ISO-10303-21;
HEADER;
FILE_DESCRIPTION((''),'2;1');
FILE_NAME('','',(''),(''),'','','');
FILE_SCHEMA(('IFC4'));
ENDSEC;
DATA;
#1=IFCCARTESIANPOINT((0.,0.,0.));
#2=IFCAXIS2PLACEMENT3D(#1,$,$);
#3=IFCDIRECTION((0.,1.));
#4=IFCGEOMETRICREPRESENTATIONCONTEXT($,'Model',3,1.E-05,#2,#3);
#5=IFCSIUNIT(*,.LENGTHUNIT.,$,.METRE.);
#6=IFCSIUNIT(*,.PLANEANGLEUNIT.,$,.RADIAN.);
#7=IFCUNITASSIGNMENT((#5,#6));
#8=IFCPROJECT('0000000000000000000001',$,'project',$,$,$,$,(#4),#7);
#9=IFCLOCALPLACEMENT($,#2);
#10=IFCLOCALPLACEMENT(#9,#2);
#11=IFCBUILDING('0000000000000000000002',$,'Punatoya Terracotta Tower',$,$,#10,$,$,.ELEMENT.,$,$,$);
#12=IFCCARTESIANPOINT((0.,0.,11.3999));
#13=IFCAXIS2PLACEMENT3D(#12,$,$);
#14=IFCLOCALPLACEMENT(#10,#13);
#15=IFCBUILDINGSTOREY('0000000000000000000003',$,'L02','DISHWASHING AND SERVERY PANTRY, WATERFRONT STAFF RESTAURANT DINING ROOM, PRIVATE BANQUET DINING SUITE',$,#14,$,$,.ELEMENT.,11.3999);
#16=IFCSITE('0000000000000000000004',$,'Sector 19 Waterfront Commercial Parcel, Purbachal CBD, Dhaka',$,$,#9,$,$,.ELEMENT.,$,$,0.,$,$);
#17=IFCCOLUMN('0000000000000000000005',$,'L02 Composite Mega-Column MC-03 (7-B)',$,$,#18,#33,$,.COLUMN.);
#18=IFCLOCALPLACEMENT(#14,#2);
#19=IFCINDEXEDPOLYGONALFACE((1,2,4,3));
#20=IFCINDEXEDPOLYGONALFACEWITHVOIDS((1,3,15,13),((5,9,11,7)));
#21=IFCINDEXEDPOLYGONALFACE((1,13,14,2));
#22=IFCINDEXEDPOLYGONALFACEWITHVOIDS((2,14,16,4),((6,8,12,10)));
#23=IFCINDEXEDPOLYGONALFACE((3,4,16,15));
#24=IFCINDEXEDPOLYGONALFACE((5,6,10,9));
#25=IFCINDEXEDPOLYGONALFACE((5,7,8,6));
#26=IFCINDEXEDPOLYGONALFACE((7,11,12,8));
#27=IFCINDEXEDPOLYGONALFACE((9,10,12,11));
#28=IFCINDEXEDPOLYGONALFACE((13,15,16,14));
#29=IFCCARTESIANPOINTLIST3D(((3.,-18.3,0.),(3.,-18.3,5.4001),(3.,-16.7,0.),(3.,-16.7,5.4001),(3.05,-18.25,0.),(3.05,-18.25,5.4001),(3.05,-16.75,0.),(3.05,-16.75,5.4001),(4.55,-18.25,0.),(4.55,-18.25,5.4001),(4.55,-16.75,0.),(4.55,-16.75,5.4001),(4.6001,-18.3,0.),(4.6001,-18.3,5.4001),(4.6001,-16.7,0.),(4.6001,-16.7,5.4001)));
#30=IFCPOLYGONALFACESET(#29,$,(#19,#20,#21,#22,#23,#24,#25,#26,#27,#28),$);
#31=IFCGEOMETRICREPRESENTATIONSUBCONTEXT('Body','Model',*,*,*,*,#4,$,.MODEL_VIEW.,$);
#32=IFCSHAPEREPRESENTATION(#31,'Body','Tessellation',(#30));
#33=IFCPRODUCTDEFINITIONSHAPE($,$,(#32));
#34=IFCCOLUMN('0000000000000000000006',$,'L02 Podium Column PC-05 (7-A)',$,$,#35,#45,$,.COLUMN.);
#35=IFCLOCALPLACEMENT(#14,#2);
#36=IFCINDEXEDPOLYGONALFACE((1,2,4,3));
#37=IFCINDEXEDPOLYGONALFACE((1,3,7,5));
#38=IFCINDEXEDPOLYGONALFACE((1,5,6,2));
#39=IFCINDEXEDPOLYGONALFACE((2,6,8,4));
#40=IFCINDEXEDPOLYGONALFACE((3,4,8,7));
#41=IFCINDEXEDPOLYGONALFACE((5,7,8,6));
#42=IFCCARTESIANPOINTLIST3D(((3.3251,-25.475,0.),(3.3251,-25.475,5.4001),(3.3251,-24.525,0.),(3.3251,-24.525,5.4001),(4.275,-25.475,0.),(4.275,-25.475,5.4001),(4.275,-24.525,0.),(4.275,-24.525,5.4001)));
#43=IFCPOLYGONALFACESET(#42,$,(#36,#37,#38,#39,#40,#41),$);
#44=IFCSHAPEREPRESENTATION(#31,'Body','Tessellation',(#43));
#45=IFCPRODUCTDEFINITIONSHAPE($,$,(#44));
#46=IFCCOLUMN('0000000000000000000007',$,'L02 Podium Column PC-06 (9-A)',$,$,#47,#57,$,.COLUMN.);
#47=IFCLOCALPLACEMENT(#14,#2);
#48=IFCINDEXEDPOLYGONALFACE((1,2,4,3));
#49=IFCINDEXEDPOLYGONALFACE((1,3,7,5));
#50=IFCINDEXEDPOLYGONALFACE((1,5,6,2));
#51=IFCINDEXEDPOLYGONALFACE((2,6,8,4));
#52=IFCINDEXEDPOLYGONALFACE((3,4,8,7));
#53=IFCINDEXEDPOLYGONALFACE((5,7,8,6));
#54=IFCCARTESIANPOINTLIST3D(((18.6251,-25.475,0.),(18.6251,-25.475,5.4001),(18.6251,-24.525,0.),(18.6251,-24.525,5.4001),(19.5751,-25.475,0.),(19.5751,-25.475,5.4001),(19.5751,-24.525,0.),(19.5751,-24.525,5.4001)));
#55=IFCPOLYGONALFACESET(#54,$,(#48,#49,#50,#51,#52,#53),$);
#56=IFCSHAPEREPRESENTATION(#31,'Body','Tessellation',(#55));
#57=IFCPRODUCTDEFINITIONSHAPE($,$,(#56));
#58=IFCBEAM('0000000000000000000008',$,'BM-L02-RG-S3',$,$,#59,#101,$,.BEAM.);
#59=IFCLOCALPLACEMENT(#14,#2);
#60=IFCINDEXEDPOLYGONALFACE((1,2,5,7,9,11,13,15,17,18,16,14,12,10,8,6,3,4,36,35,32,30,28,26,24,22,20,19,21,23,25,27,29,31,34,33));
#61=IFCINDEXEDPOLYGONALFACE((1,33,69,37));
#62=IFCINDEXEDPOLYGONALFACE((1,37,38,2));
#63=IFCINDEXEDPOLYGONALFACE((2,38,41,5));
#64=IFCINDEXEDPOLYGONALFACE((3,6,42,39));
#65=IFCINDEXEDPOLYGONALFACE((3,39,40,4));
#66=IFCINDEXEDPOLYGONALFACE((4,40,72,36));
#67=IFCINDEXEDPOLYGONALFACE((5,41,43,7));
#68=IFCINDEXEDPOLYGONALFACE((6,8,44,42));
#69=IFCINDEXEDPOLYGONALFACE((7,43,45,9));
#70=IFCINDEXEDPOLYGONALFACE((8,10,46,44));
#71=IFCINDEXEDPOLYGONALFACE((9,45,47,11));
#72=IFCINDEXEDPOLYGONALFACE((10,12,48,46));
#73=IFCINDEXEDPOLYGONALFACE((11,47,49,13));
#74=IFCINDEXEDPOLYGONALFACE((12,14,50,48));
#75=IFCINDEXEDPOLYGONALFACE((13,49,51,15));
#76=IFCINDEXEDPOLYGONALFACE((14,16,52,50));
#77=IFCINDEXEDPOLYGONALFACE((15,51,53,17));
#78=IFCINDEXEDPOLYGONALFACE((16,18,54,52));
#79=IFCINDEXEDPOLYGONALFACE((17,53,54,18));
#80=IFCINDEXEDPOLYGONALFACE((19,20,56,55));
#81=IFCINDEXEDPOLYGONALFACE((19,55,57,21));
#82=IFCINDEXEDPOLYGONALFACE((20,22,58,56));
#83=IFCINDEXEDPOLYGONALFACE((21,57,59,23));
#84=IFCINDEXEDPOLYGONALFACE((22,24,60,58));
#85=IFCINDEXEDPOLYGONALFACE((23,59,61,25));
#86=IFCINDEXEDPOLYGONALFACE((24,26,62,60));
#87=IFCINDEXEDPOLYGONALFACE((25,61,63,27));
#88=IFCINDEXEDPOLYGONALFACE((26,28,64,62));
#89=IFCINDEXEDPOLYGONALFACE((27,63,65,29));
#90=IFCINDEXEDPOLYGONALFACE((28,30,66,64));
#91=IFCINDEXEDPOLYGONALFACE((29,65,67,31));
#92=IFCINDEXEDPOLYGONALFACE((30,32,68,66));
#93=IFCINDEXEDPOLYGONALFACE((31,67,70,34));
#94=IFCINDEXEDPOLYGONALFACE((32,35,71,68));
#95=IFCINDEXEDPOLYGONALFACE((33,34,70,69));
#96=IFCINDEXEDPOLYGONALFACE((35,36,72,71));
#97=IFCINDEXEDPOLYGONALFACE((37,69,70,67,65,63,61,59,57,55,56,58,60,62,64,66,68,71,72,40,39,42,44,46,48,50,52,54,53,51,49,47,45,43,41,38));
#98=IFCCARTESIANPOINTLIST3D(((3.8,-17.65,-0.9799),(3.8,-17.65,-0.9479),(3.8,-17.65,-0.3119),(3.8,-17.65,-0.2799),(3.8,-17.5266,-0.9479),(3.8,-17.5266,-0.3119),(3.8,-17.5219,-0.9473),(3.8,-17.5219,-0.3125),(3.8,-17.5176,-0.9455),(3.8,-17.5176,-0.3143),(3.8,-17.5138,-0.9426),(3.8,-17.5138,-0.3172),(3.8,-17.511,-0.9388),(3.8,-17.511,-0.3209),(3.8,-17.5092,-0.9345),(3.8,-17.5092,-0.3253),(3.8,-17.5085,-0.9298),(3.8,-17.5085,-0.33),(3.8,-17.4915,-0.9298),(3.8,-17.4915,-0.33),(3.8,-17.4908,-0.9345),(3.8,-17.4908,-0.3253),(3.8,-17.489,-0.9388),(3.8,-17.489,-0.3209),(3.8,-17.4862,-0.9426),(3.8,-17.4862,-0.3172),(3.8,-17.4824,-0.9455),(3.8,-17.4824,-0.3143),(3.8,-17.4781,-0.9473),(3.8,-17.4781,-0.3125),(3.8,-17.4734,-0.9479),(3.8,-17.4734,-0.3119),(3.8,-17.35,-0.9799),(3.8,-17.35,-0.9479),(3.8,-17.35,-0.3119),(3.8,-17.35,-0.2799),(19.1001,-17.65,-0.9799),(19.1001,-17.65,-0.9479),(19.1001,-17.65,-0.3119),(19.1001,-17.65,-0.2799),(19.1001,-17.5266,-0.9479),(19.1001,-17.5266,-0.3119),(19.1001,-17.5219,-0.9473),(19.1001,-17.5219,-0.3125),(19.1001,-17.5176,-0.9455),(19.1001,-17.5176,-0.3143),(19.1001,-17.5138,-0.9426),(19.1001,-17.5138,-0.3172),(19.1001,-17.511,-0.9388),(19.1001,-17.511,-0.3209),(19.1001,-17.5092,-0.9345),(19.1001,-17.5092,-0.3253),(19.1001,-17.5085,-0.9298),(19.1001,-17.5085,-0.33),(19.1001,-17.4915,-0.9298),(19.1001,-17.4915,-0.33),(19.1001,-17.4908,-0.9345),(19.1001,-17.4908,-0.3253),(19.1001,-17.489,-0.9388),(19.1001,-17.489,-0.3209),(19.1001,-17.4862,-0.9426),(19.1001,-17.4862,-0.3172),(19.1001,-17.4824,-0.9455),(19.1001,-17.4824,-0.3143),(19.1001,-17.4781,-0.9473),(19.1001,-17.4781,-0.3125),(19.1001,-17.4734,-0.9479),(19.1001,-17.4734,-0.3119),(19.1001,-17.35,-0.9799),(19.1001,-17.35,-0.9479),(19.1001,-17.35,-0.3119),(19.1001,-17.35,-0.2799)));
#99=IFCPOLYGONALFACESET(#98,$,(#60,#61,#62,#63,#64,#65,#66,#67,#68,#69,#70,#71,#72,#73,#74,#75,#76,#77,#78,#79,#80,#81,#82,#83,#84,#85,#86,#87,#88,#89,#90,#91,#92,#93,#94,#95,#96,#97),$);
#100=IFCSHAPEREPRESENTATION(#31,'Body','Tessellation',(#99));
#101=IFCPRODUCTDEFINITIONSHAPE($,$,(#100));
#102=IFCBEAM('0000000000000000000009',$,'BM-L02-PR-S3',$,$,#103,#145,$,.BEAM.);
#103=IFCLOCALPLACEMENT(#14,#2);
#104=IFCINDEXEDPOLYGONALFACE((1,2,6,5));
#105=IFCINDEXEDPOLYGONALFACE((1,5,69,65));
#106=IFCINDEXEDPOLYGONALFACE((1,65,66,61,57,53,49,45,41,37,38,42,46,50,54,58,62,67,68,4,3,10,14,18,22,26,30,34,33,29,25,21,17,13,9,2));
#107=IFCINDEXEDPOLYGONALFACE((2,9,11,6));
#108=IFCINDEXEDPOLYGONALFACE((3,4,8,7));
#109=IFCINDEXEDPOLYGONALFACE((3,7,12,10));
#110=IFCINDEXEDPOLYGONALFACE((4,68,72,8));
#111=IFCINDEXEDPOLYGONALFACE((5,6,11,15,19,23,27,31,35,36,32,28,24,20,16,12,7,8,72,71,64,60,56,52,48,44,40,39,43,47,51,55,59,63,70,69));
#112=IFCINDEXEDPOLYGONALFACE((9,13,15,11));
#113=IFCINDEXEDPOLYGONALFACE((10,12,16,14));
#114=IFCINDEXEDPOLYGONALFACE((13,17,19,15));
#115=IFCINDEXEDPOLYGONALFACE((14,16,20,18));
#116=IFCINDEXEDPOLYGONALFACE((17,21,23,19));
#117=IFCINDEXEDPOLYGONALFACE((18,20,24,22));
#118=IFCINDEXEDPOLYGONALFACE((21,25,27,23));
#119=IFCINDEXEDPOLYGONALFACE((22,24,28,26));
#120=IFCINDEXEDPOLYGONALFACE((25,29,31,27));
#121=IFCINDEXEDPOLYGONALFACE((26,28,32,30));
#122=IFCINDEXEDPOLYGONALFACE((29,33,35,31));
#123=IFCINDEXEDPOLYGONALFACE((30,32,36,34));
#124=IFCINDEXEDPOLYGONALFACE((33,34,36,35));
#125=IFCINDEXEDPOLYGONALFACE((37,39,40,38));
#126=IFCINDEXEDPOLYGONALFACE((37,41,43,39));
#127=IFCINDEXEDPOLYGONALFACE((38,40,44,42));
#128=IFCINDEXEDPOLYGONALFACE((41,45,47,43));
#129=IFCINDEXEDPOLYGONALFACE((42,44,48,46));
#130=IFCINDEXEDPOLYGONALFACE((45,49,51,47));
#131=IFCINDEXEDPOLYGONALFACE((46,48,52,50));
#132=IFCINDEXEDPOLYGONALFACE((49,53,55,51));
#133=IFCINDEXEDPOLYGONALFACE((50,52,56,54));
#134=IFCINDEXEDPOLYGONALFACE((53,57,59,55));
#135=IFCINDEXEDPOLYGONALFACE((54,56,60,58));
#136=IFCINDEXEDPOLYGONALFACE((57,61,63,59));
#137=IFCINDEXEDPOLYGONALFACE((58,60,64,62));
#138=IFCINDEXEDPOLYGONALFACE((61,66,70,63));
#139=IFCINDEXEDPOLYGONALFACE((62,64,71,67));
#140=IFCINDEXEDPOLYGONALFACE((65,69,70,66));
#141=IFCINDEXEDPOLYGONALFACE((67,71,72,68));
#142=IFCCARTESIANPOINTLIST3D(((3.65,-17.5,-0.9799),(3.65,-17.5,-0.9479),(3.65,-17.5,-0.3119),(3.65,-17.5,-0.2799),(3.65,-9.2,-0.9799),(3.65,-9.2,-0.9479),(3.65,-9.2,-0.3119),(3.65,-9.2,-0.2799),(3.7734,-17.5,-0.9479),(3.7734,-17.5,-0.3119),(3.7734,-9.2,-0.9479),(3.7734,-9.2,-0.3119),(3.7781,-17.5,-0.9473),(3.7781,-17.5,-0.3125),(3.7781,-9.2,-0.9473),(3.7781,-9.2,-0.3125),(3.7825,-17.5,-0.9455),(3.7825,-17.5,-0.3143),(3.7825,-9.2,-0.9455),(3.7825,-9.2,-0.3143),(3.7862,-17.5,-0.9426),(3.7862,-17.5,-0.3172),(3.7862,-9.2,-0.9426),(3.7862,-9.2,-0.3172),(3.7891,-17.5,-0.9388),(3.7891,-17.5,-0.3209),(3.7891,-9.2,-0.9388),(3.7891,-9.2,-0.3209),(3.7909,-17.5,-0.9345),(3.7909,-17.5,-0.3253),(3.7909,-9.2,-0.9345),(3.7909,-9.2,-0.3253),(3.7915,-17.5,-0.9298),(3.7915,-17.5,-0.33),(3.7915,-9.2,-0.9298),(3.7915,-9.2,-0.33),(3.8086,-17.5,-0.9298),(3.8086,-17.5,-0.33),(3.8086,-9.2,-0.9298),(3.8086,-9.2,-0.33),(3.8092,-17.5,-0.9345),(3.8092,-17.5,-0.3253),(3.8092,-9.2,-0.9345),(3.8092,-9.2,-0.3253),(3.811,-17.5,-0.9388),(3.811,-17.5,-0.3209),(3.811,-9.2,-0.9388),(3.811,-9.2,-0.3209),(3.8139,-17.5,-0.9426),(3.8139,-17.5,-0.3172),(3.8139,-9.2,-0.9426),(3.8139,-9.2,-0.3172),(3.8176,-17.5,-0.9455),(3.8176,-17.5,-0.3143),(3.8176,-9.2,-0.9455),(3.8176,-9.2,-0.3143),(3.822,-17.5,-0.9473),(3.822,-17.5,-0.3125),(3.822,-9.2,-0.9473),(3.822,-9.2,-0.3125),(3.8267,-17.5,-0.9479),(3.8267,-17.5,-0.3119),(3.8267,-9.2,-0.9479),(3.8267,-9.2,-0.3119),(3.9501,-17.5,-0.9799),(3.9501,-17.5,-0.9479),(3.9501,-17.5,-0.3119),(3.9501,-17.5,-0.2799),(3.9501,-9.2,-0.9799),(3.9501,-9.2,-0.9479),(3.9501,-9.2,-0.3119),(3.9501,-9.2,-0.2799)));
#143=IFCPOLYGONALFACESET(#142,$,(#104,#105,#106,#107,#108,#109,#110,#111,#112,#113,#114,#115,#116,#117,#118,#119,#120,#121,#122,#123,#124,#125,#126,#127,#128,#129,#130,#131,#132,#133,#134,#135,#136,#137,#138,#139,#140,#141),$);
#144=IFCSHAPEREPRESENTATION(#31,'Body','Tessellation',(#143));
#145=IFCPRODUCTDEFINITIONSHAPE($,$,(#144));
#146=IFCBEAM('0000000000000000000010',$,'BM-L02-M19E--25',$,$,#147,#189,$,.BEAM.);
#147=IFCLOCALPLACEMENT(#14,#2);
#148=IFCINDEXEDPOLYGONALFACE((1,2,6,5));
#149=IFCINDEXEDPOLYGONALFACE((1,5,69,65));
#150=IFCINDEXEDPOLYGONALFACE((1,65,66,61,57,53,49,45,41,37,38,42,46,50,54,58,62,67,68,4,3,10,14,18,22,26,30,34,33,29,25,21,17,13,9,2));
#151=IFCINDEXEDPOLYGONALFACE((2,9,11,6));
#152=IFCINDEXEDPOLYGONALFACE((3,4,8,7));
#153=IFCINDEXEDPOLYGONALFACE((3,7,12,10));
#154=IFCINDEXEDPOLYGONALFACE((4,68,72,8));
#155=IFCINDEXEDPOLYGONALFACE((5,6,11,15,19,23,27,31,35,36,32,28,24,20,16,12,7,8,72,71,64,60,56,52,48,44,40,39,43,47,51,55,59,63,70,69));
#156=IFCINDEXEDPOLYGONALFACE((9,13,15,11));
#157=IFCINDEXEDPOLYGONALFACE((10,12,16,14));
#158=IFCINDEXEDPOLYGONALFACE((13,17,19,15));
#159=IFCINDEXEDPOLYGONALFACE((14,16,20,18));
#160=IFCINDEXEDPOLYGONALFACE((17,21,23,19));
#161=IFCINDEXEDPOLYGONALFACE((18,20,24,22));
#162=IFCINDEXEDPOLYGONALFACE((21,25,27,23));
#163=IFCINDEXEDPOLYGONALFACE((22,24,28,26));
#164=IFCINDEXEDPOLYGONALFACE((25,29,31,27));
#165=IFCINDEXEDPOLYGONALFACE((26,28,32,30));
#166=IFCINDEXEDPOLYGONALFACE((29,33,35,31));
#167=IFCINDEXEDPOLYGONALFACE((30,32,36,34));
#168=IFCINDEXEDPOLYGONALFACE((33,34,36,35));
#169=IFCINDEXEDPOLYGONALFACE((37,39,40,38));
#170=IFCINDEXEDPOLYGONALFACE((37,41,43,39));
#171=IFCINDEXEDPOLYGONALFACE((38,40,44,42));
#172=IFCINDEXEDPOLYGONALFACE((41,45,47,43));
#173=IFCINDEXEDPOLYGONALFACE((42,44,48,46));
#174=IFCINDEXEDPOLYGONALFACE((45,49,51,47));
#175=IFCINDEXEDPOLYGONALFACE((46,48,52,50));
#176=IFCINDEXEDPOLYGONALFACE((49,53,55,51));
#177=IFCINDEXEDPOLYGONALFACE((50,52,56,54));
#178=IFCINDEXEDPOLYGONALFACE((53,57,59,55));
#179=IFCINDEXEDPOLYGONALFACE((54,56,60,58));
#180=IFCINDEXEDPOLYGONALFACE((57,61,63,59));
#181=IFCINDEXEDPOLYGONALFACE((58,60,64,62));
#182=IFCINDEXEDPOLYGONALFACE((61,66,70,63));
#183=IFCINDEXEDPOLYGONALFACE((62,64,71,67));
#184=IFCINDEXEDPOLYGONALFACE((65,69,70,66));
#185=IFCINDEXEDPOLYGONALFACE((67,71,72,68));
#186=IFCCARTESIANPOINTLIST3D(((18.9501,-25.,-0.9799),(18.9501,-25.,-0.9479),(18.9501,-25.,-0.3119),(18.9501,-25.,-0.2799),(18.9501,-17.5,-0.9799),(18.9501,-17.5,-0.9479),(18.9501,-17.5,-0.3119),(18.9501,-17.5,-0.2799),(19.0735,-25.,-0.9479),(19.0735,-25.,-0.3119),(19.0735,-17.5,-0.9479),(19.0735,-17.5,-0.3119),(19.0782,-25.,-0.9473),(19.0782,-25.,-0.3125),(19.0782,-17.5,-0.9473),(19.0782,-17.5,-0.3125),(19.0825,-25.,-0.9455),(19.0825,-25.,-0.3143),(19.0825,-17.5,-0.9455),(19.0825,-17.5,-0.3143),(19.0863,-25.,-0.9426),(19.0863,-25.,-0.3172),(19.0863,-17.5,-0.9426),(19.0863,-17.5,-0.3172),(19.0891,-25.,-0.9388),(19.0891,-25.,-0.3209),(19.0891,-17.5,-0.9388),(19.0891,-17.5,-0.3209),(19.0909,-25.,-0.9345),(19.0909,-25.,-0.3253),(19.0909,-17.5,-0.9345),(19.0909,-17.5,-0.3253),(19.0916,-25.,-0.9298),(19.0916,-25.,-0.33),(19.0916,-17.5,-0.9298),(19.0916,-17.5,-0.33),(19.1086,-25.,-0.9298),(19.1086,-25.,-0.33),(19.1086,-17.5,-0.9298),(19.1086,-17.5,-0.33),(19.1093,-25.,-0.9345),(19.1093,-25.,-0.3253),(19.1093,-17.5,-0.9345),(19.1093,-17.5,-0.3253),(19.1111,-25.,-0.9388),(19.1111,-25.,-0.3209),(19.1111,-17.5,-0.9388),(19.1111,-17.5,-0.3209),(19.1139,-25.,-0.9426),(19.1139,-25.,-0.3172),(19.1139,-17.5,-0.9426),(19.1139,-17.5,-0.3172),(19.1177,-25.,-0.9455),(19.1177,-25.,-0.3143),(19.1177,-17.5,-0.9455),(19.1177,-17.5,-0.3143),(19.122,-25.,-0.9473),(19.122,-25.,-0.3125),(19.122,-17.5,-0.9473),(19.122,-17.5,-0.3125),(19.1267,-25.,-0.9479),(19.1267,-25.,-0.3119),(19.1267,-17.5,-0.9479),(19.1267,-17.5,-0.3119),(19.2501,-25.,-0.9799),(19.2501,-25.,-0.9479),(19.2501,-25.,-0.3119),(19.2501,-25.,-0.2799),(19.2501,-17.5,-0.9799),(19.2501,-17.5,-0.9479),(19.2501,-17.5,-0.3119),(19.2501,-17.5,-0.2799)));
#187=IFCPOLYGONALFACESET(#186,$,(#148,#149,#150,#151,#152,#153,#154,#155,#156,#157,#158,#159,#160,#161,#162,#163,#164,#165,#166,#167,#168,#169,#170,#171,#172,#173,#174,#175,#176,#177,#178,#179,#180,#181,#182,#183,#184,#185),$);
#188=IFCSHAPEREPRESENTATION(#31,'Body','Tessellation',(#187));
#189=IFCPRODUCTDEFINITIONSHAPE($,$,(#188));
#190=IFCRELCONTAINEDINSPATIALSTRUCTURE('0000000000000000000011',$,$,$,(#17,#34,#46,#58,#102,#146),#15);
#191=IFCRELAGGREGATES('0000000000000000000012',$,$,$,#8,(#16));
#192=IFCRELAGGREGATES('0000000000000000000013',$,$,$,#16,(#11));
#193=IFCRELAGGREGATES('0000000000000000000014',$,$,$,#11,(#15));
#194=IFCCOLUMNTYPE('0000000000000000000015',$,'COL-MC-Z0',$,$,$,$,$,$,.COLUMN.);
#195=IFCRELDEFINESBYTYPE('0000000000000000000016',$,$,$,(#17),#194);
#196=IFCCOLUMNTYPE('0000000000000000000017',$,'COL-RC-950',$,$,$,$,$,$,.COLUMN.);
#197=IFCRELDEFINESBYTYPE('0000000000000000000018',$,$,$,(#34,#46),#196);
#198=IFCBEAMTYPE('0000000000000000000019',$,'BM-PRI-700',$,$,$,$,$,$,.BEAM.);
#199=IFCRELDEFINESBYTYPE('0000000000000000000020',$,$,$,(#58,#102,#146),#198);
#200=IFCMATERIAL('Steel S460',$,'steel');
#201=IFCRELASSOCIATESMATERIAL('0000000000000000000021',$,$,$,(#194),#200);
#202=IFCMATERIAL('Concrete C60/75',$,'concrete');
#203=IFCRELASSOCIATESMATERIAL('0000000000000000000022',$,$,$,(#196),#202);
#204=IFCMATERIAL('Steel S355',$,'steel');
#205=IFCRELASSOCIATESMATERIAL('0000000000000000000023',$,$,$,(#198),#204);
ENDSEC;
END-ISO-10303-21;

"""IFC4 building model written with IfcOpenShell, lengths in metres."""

from ifc_helpers import new_model, si_unit, direction, frame, origin, origin_2d, place, context, subcontext, project, spatial, rectangle, hollow_rectangle, i_section, extrude, material, material_profile, profile_set, type_object, element, save


model = new_model("IFC4")

# Units and contexts
model_context = context("Model", 3, precision=1e-05, world=origin(), true_north=direction((0.0, 1.0)))
body_context = subcontext(model_context, "Body", "Model", "MODEL_VIEW")
ifc_project = project(units=[si_unit("LENGTHUNIT", "METRE"), si_unit("PLANEANGLEUNIT", "RADIAN")], contexts=[model_context])

# Site, building, storey
site_placement = place(None, origin())
site = spatial("IfcSite", under=ifc_project, at=site_placement, Name="Sector 19 Waterfront Commercial Parcel, Purbachal CBD, Dhaka", CompositionType="ELEMENT", RefElevation=0.0)
building_placement = place(site_placement, origin())
building = spatial("IfcBuilding", under=site, at=building_placement, Name="Punatoya Terracotta Tower", CompositionType="ELEMENT")
storey_placement = place(building_placement, frame((0.0, 0.0, 11.3999)))
storey = spatial("IfcBuildingStorey", under=building, at=storey_placement, Name="L02", Description="DISHWASHING AND SERVERY PANTRY, WATERFRONT STAFF RESTAURANT DINING ROOM, PRIVATE BANQUET DINING SUITE", CompositionType="ELEMENT", Elevation=11.3999)

# Columns
ifc_material_1 = material(Name="Steel S460", Category="steel")
ifc_material_profile_1 = material_profile(ifc_material_1, hollow_rectangle(XDim=1.6001, YDim=1.6001, WallThickness=0.05, at=origin_2d()))
ifc_profile_set_1 = profile_set([ifc_material_profile_1], Name="Steel S460")
column_type_1 = type_object("IfcColumnType", Name="COL-MC-Z0", PredefinedType="COLUMN", material=ifc_profile_set_1)
column_placement = place(storey_placement, frame((3.8, -17.5, 0.0), z_axis=(0.0, 0.0, 1.0), x_axis=(1.0, 0.0, 0.0)))
element("IfcColumn", 1, at=column_placement, inside=storey, type_object=column_type_1, Name="L02 Composite Mega-Column MC-03 (7-B)", PredefinedType="COLUMN", context=body_context, shape_type="SweptSolid", body=[
    extrude(hollow_rectangle(XDim=1.6001, YDim=1.6001, WallThickness=0.05, at=origin_2d()), origin(), (0.0, 0.0, 1.0), 5.4001),
])
ifc_material_2 = material(Name="Concrete C60/75", Category="concrete")
ifc_material_profile_2 = material_profile(ifc_material_2, rectangle(XDim=0.95, YDim=0.95, at=origin_2d()))
ifc_profile_set_2 = profile_set([ifc_material_profile_2], Name="Concrete C60/75")
column_type_2 = type_object("IfcColumnType", Name="COL-RC-950", PredefinedType="COLUMN", material=ifc_profile_set_2)
for number, where, z_axis, x_axis, name in (
    (2, (3.8, -25.0, 0.0), (0.0, 0.0, 1.0), (1.0, 0.0, 0.0), "L02 Podium Column PC-05 (7-A)"),
    (3, (19.1001, -25.0, 0.0), (0.0, 0.0, 1.0), (1.0, 0.0, 0.0), "L02 Podium Column PC-06 (9-A)"),
):
    element("IfcColumn", number, at=place(storey_placement, frame(where, z_axis=z_axis, x_axis=x_axis)), inside=storey, type_object=column_type_2, Name=name, PredefinedType="COLUMN", context=body_context, shape_type="SweptSolid", body=[
        extrude(rectangle(XDim=0.95, YDim=0.95, at=origin_2d()), origin(), (0.0, 0.0, 1.0), 5.4001),
    ])

# Beams
ifc_material_3 = material(Name="Steel S355", Category="steel")
ifc_material_profile_3 = material_profile(ifc_material_3, i_section(OverallWidth=0.3, OverallDepth=0.7, WebThickness=0.0171, FlangeThickness=0.032, FilletRadius=0.0181, at=origin_2d()))
ifc_profile_set_3 = profile_set([ifc_material_profile_3], Name="Steel S355")
beam_type_1 = type_object("IfcBeamType", Name="BM-PRI-700", PredefinedType="BEAM", material=ifc_profile_set_3)
beam_1_placement = place(storey_placement, frame((3.8, -17.5, -0.6299), z_axis=(1.0, 0.0, 0.0), x_axis=(0.0, 1.0, 0.0)))
element("IfcBeam", 4, at=beam_1_placement, inside=storey, type_object=beam_type_1, Name="BM-L02-RG-S3", PredefinedType="BEAM", context=body_context, shape_type="SweptSolid", body=[
    extrude(i_section(OverallWidth=0.3, OverallDepth=0.7, WebThickness=0.0171, FlangeThickness=0.032, FilletRadius=0.0181, at=origin_2d()), origin(), (0.0, 0.0, 1.0), 15.3),
])
beam_2_placement = place(storey_placement, frame((3.8, -17.5, -0.6299), z_axis=(0.0, 1.0, 0.0), x_axis=(-1.0, 0.0, 0.0)))
element("IfcBeam", 5, at=beam_2_placement, inside=storey, type_object=beam_type_1, Name="BM-L02-PR-S3", PredefinedType="BEAM", context=body_context, shape_type="SweptSolid", body=[
    extrude(i_section(OverallWidth=0.3, OverallDepth=0.7, WebThickness=0.0171, FlangeThickness=0.032, FilletRadius=0.0181, at=origin_2d()), origin(), (0.0, 0.0, 1.0), 8.3),
])
for number, where, z_axis, x_axis, name in (
    (6, (19.1001, -25.0, -0.6299), (0.0, 1.0, 0.0), (-1.0, 0.0, 0.0), "BM-L02-M19E--25"),
):
    element("IfcBeam", number, at=place(storey_placement, frame(where, z_axis=z_axis, x_axis=x_axis)), inside=storey, type_object=beam_type_1, Name=name, PredefinedType="BEAM", context=body_context, shape_type="SweptSolid", body=[
        extrude(i_section(OverallWidth=0.3, OverallDepth=0.7, WebThickness=0.0171, FlangeThickness=0.032, FilletRadius=0.0181, at=origin_2d()), origin(), (0.0, 0.0, 1.0), 7.5),
    ])

save(model, "model.ifc")
